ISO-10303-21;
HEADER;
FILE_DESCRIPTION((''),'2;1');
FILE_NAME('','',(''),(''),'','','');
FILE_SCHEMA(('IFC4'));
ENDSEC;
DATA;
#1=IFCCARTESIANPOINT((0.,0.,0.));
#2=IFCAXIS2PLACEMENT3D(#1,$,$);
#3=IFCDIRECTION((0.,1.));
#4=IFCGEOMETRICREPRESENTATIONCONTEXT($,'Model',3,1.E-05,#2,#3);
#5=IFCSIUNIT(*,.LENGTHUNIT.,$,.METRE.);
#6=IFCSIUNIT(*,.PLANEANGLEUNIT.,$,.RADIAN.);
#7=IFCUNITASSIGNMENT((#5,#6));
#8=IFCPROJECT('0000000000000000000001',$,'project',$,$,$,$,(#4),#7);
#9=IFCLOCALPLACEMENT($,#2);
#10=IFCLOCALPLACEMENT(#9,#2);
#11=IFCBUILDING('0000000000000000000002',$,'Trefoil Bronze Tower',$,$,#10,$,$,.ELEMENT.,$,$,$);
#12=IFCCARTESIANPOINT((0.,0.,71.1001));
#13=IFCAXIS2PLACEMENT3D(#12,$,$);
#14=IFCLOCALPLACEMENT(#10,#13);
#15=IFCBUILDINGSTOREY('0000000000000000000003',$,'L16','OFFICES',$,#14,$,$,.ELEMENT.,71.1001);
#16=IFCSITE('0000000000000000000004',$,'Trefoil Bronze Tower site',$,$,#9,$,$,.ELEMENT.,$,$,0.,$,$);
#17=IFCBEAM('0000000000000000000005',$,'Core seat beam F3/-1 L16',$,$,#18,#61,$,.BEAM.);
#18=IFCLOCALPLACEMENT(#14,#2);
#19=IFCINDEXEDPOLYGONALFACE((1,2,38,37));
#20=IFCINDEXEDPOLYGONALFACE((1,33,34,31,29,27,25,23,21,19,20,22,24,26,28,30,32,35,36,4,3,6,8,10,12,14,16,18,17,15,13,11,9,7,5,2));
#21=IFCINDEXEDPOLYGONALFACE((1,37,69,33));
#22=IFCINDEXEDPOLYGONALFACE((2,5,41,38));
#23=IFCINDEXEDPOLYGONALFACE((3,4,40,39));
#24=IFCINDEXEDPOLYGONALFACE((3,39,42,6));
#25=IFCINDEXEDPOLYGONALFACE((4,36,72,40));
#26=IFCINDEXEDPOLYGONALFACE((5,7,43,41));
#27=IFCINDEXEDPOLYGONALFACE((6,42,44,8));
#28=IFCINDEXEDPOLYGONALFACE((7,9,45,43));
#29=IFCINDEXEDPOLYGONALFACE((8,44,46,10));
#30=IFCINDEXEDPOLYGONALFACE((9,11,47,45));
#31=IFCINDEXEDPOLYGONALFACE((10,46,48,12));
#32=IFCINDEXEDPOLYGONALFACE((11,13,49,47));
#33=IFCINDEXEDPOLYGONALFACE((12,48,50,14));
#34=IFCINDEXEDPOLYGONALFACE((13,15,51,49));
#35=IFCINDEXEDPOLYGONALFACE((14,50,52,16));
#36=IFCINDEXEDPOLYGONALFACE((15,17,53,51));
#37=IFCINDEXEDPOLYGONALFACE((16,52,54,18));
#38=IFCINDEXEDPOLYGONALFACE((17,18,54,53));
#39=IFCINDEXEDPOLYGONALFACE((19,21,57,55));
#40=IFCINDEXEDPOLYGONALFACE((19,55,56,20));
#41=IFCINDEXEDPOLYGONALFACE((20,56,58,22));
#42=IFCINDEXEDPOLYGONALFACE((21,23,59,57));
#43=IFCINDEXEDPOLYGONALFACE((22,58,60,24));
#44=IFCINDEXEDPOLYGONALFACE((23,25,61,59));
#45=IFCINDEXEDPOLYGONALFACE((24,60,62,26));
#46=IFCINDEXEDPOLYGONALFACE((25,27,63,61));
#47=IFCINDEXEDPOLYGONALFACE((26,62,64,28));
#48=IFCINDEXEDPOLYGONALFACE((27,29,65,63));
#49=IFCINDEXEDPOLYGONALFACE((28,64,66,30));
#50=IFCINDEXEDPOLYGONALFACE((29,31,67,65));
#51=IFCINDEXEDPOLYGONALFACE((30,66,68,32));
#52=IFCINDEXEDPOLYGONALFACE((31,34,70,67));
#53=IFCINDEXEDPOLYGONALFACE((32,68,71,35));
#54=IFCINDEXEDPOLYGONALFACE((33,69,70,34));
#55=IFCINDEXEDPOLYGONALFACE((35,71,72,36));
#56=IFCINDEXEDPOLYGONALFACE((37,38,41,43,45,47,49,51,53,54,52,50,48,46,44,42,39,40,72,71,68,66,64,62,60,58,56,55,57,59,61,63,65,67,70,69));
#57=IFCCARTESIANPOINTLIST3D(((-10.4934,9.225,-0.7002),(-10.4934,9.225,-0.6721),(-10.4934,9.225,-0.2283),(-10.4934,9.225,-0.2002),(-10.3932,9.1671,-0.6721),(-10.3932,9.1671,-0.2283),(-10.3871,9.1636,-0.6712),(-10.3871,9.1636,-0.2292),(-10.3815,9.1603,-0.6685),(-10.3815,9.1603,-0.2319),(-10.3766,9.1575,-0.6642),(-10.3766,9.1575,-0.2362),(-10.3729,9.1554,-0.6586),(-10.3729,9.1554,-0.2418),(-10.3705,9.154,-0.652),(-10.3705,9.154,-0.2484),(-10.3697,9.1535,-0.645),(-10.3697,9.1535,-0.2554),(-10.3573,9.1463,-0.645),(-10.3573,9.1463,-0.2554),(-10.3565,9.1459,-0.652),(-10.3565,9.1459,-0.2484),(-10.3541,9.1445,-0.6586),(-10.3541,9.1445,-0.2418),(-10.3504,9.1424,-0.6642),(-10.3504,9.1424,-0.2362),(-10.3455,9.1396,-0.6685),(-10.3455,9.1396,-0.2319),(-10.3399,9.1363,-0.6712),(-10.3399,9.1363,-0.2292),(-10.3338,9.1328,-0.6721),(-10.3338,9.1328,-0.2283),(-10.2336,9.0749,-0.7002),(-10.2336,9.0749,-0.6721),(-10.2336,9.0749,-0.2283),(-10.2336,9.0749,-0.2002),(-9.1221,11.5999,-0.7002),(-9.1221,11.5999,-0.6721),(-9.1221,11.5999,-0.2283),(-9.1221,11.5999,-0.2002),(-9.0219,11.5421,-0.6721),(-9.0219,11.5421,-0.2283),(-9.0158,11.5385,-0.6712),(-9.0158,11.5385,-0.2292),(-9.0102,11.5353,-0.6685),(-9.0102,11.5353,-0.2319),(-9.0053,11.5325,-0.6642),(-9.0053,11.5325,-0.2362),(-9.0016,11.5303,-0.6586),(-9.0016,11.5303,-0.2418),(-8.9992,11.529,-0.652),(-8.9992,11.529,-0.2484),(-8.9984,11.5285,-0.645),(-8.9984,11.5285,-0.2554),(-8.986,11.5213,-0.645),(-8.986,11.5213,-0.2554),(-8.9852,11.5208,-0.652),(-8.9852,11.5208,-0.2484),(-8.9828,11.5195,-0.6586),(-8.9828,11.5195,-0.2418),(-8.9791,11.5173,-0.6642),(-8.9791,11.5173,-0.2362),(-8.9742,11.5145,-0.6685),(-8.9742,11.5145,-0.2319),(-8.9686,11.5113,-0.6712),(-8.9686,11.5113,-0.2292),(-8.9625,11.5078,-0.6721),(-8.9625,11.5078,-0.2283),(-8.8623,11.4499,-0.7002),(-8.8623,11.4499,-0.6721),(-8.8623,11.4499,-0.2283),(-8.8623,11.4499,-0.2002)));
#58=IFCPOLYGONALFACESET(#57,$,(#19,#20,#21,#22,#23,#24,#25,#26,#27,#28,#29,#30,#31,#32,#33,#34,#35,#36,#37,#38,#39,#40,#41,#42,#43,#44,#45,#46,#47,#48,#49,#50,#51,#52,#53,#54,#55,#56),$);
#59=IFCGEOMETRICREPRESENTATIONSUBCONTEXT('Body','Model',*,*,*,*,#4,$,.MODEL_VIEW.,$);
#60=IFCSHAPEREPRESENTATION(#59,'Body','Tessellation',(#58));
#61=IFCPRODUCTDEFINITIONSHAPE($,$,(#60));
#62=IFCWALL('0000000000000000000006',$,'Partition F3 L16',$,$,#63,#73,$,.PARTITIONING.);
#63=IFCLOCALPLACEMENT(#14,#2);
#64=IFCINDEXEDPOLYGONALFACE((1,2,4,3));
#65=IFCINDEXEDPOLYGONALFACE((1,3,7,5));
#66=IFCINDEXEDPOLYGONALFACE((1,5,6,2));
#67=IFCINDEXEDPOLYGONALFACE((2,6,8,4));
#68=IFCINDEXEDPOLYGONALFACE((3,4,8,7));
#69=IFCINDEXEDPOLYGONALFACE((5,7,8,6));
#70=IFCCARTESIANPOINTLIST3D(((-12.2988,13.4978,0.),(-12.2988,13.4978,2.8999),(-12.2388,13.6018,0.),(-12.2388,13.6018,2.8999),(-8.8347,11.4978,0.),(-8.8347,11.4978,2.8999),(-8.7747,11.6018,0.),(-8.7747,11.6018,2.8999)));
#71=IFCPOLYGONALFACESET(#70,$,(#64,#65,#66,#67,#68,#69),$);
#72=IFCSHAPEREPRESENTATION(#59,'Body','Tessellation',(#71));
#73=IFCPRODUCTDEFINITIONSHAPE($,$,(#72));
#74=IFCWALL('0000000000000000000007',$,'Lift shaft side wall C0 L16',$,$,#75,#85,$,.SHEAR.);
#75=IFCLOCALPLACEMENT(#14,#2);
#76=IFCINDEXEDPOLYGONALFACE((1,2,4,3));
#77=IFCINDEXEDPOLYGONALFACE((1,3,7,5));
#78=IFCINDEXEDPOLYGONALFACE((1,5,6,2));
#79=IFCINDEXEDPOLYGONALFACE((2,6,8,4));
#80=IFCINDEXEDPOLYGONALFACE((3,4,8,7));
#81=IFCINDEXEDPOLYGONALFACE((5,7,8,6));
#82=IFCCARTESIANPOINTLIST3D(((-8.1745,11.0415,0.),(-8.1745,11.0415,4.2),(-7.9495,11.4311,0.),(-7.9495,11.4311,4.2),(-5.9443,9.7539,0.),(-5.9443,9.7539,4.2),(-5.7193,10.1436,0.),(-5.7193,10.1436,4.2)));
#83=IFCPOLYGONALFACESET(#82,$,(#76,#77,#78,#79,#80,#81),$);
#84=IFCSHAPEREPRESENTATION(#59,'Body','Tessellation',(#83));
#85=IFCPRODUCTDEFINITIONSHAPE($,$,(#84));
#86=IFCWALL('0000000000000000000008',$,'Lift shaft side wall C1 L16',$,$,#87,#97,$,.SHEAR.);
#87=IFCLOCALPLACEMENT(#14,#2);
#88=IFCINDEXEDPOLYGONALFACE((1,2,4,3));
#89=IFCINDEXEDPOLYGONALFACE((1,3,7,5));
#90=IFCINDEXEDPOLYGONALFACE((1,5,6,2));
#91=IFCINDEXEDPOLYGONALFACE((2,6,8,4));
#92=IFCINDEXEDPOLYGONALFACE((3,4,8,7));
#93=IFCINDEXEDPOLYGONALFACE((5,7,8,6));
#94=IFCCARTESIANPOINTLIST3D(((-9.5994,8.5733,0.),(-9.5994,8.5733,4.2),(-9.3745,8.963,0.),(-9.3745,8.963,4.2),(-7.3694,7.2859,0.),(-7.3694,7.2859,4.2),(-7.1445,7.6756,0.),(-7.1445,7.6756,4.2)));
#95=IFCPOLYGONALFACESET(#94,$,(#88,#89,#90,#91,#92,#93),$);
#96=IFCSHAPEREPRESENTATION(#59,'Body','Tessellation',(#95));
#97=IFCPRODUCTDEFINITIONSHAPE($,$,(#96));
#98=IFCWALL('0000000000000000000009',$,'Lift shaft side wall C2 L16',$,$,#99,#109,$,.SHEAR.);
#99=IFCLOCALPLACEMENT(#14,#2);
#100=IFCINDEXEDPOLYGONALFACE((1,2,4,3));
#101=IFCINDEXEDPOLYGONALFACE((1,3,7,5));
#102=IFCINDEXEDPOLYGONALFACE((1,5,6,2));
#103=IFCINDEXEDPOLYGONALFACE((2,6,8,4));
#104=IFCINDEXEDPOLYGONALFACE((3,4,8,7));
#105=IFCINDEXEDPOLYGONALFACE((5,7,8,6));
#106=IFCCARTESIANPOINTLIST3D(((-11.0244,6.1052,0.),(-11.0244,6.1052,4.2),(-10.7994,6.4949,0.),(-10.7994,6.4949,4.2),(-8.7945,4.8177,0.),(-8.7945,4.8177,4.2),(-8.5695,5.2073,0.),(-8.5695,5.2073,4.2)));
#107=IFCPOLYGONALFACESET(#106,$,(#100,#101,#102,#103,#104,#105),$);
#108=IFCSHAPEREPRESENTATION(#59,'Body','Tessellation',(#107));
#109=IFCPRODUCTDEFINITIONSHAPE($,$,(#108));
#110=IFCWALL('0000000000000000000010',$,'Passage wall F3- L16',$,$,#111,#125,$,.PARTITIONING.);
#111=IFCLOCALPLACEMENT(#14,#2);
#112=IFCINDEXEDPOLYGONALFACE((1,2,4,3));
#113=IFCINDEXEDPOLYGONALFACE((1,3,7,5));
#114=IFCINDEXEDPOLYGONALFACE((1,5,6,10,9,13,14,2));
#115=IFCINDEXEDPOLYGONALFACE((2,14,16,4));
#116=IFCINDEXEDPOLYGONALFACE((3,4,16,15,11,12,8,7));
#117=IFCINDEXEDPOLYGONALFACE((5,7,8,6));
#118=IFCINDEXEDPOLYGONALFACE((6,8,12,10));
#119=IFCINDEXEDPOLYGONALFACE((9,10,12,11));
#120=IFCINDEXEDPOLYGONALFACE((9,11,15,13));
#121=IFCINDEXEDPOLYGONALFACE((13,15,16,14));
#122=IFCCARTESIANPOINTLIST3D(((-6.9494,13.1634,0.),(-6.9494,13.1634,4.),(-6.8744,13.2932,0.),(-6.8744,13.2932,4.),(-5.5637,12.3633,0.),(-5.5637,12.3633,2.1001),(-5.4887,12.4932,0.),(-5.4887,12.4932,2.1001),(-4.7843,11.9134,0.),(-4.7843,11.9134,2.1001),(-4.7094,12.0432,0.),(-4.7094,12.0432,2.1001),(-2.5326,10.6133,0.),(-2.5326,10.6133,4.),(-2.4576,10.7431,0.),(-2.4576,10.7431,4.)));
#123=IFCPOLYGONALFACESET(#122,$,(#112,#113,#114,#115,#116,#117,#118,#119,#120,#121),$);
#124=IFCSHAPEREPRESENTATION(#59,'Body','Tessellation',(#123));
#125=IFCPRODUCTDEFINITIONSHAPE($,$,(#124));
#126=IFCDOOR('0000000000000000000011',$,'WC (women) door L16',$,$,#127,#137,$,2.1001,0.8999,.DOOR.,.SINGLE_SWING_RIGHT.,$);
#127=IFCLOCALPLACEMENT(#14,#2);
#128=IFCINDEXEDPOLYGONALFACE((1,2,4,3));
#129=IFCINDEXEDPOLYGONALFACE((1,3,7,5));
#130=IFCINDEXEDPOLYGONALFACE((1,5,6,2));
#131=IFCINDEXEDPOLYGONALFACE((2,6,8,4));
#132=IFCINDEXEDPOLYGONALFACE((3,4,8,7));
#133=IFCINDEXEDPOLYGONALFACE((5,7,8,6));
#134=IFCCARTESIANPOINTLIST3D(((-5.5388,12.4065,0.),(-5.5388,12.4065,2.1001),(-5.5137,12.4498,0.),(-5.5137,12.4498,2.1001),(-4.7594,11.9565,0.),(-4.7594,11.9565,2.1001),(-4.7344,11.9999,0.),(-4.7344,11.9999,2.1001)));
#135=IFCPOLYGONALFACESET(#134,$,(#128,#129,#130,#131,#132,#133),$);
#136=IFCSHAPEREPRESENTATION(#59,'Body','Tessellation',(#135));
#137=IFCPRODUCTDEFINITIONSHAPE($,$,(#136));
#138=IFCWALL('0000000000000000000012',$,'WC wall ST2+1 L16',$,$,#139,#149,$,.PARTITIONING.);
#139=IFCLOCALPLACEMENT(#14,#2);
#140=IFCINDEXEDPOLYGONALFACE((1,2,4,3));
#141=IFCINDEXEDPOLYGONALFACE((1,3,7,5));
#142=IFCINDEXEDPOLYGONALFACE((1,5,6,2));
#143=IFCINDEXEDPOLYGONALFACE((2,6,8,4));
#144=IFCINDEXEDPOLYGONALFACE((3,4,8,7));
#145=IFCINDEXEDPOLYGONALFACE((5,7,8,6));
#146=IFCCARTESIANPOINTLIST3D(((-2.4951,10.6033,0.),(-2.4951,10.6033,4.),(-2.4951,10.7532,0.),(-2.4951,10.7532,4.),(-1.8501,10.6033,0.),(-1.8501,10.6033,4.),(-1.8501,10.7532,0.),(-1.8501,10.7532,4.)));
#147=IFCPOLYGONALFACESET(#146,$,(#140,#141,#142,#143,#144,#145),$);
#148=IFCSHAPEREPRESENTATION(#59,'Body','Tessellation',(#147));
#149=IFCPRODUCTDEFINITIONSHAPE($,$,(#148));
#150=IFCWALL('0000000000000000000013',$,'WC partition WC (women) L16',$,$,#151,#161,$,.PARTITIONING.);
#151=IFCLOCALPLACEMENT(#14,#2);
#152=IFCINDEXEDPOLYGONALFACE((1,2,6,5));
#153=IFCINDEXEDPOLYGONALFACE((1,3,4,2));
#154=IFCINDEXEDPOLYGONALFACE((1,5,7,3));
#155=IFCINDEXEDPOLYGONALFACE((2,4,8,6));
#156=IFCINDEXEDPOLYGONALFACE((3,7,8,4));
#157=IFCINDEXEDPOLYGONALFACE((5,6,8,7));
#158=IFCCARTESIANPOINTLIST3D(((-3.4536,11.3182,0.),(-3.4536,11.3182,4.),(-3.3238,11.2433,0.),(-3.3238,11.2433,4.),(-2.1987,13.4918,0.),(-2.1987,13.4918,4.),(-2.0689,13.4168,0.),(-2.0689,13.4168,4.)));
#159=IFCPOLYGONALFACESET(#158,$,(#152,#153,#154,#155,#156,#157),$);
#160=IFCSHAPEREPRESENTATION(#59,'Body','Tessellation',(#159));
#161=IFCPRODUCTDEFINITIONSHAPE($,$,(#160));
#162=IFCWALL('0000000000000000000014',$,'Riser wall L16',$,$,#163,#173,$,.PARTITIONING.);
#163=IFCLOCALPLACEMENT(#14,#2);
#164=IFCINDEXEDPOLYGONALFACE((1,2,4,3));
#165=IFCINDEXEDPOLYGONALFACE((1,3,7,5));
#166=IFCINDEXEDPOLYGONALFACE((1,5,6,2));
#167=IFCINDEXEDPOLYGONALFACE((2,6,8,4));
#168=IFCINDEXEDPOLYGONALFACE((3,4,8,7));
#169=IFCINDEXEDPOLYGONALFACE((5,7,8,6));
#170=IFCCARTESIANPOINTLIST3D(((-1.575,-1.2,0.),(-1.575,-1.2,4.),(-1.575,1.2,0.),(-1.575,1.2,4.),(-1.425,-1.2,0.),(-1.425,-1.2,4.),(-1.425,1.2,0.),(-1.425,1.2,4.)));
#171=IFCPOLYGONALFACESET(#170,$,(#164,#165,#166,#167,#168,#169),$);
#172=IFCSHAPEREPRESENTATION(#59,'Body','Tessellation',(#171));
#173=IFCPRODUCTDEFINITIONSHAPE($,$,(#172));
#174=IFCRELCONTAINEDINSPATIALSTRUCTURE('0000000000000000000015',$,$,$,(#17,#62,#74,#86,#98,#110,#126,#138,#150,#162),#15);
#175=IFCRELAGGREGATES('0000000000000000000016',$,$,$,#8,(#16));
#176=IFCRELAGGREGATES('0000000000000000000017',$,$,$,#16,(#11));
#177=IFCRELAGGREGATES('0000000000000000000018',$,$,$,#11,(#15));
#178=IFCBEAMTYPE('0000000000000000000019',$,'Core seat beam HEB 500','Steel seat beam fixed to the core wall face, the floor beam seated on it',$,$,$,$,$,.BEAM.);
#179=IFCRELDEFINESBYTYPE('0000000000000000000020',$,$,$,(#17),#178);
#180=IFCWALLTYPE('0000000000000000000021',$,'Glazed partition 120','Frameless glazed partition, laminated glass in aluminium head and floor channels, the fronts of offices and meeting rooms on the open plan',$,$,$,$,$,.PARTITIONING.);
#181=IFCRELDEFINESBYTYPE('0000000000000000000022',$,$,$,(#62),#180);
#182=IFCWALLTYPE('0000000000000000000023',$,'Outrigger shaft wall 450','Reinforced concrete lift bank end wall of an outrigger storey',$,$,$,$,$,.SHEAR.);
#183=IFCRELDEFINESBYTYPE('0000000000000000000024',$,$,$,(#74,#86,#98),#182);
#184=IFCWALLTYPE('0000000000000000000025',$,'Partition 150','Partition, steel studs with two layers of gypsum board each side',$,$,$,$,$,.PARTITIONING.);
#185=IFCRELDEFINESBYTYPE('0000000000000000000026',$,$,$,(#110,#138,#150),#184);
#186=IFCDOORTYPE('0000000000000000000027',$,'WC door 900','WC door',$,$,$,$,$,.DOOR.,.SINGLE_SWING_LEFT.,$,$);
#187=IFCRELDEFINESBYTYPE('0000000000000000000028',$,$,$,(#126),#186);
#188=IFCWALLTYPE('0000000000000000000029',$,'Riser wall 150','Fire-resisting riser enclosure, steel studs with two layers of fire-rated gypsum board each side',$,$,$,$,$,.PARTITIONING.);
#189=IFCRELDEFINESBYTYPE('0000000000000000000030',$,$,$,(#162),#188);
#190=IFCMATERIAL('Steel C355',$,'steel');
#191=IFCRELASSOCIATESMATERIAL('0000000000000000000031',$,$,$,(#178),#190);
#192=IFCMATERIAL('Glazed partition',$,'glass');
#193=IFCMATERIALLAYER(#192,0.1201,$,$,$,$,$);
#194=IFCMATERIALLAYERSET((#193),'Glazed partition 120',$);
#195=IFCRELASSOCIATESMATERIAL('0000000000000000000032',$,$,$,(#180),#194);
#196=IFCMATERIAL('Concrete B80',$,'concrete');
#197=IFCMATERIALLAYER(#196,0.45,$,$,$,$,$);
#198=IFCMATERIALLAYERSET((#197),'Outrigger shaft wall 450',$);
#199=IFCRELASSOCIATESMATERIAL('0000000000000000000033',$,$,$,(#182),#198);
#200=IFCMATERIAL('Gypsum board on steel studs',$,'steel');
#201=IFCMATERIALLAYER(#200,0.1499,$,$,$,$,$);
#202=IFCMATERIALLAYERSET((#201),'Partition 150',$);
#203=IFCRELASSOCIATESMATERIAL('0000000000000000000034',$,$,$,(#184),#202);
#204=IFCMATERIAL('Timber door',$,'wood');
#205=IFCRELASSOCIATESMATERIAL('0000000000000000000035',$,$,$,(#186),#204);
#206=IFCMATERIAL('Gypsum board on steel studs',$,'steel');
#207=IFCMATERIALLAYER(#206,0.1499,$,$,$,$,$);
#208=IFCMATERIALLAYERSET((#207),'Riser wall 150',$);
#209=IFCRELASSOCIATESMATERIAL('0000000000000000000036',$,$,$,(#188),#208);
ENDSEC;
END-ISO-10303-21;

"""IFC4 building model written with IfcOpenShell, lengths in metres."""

from ifc_helpers import new_model, si_unit, direction, frame, frame_2d, origin, origin_2d, place, context, subcontext, project, spatial, rectangle, i_section, extrude, material, layer, layer_set, material_profile, profile_set, type_object, element, fill, save


model = new_model("IFC4")

# Units and contexts
model_context = context("Model", 3, precision=1e-05, world=origin(), true_north=direction((0.0, 1.0)))
body_context = subcontext(model_context, "Body", "Model", "MODEL_VIEW")
ifc_project = project(units=[si_unit("LENGTHUNIT", "METRE"), si_unit("PLANEANGLEUNIT", "RADIAN")], contexts=[model_context])

# Site, building, storey
site_placement = place(None, origin())
site = spatial("IfcSite", under=ifc_project, at=site_placement, Name="Trefoil Bronze Tower site", CompositionType="ELEMENT", RefElevation=0.0)
building_placement = place(site_placement, origin())
building = spatial("IfcBuilding", under=site, at=building_placement, Name="Trefoil Bronze Tower", CompositionType="ELEMENT")
storey_placement = place(building_placement, frame((0.0, 0.0, 71.1001)))
storey = spatial("IfcBuildingStorey", under=building, at=storey_placement, Name="L16", Description="OFFICES", CompositionType="ELEMENT", Elevation=71.1001)

# Beam
ifc_material_1 = material(Name="Steel C355", Category="steel")
ifc_material_profile = material_profile(ifc_material_1, i_section(OverallWidth=0.3, OverallDepth=0.5, WebThickness=0.0144, FlangeThickness=0.0281, FilletRadius=0.0271, at=origin_2d()), Name="HEB 500")
ifc_profile_set = profile_set([ifc_material_profile], Name="Steel C355")
beam_type = type_object("IfcBeamType", Name="Core seat beam HEB 500", Description="Steel seat beam fixed to the core wall face, the floor beam seated on it", PredefinedType="BEAM", material=ifc_profile_set)
beam_placement = place(storey_placement, frame((-8.9922, 11.5249, -0.4502), z_axis=(-0.500036, -0.866005, 0.0), x_axis=(0.866005, -0.500036, 0.0)))
element("IfcBeam", 1, at=beam_placement, inside=storey, type_object=beam_type, Name="Core seat beam F3/-1 L16", PredefinedType="BEAM", context=body_context, shape_type="SweptSolid", body=[
    extrude(i_section(OverallWidth=0.3, OverallDepth=0.5, WebThickness=0.0144, FlangeThickness=0.0281, FilletRadius=0.0271, at=origin_2d()), origin(), (0.0, 0.0, 1.0), 2.7424),
])

# Walls
ifc_material_2 = material(Name="Glazed partition", Category="glass")
ifc_layer_1 = layer(ifc_material_2, 0.1201)
ifc_layer_set_1 = layer_set([ifc_layer_1], Name="Glazed partition 120")
wall_type_1 = type_object("IfcWallType", Name="Glazed partition 120", Description="Frameless glazed partition, laminated glass in aluminium head and floor channels, the fronts of offices and meeting rooms on the open plan", PredefinedType="PARTITIONING", material=ifc_layer_set_1)
wall_1_placement = place(storey_placement, frame((-8.8047, 11.5498, 0.0), z_axis=(0.0, 0.0, 1.0), x_axis=(-0.866026, 0.499999, 0.0)))
element("IfcWall", 2, at=wall_1_placement, inside=storey, type_object=wall_type_1, Name="Partition F3 L16", PredefinedType="PARTITIONING", context=body_context, shape_type="SweptSolid", body=[
    extrude(rectangle(XDim=4.0, YDim=0.1201, at=frame_2d((2.0, 0.0))), origin(), (0.0, 0.0, 1.0), 2.8999),
])
ifc_material_3 = material(Name="Concrete B80", Category="concrete")
ifc_layer_2 = layer(ifc_material_3, 0.45)
ifc_layer_set_2 = layer_set([ifc_layer_2], Name="Outrigger shaft wall 450")
wall_type_2 = type_object("IfcWallType", Name="Outrigger shaft wall 450", Description="Reinforced concrete lift bank end wall of an outrigger storey", PredefinedType="SHEAR", material=ifc_layer_set_2)
wall_2_placement = place(storey_placement, frame((-5.8318, 9.9487, 0.0), z_axis=(0.0, 0.0, 1.0), x_axis=(-0.866029, 0.499993, 0.0)))
element("IfcWall", 3, at=wall_2_placement, inside=storey, type_object=wall_type_2, Name="Lift shaft side wall C0 L16", PredefinedType="SHEAR", context=body_context, shape_type="SweptSolid", body=[
    extrude(rectangle(XDim=2.5752, YDim=0.45, at=frame_2d((1.2876, 0.0))), origin(), (0.0, 0.0, 1.0), 4.2),
])
for number, where, z_axis, x_axis, name in (
    (4, (-7.2568, 7.4807, 0.0), (0.0, 0.0, 1.0), (-0.866047, 0.499963, 0.0), "Lift shaft side wall C1 L16"),
    (5, (-8.6819, 5.0125, 0.0), (0.0, 0.0, 1.0), (-0.866006, 0.500034, 0.0), "Lift shaft side wall C2 L16"),
):
    element("IfcWall", number, at=place(storey_placement, frame(where, z_axis=z_axis, x_axis=x_axis)), inside=storey, type_object=wall_type_2, Name=name, PredefinedType="SHEAR", context=body_context, shape_type="SweptSolid", body=[
        extrude(rectangle(XDim=2.575, YDim=0.45, at=frame_2d((1.2876, 0.0))), origin(), (0.0, 0.0, 1.0), 4.2),
    ])

# Wall, opening, door
ifc_material_4 = material(Name="Gypsum board on steel studs", Category="steel")
ifc_layer_3 = layer(ifc_material_4, 0.1499)
ifc_layer_set_3 = layer_set([ifc_layer_3], Name="Partition 150")
wall_type_3 = type_object("IfcWallType", Name="Partition 150", Description="Partition, steel studs with two layers of gypsum board each side", PredefinedType="PARTITIONING", material=ifc_layer_set_3)
wall_3_placement = place(storey_placement, frame((-2.4951, 10.6782, 0.0), z_axis=(0.0, 0.0, 1.0), x_axis=(-0.866022, 0.500006, 0.0)))
wall_3 = element("IfcWall", 6, at=wall_3_placement, inside=storey, type_object=wall_type_3, Name="Passage wall F3- L16", PredefinedType="PARTITIONING", context=body_context, shape_type="SweptSolid", body=[
    extrude(rectangle(XDim=5.1001, YDim=0.1499, at=frame_2d((2.55, 0.0))), origin(), (0.0, 0.0, 1.0), 4.0),
])
opening_1_placement = place(wall_3_placement, frame((2.6001, 0.0, 0.0)))
opening_1 = element("IfcOpeningElement", 7, at=opening_1_placement, cuts=wall_3, PredefinedType="OPENING", context=body_context, shape_type="SweptSolid", body=[
    extrude(rectangle(XDim=0.8999, YDim=2.1001, at=frame_2d((0.45, 1.05))), frame((0.0, 0.085, 0.0), z_axis=(0.0, -1.0, 0.0), x_axis=(1.0, 0.0, 0.0)), (0.0, 0.0, 1.0), 0.1699),
])
ifc_material_5 = material(Name="Timber door", Category="wood")
door_type_1 = type_object("IfcDoorType", Name="WC door 900", Description="WC door", OperationType="SINGLE_SWING_LEFT", PredefinedType="DOOR", material=ifc_material_5)
door_1_placement = place(opening_1_placement, frame((0.8999, 0.0, 0.0), z_axis=(0.0, 0.0, 1.0), x_axis=(-1.0, 0.0, 0.0)))
door_1 = element("IfcDoor", 8, at=door_1_placement, inside=storey, type_object=door_type_1, Name="WC (women) door L16", OperationType="SINGLE_SWING_RIGHT", OverallHeight=2.1001, OverallWidth=0.8999, PredefinedType="DOOR", context=body_context, shape_type="SweptSolid", body=[
    extrude(rectangle(XDim=0.8999, YDim=2.1001, at=frame_2d((0.45, 1.05))), frame((0.0, 0.0249, 0.0), z_axis=(0.0, -1.0, 0.0), x_axis=(1.0, 0.0, 0.0)), (0.0, 0.0, 1.0), 0.05),
])
fill(opening_1, door_1)

# Walls
wall_4_placement = place(storey_placement, frame((-2.4951, 10.6782, 0.0), z_axis=(0.0, 0.0, 1.0), x_axis=(1.0, 0.0, 0.0)))
element("IfcWall", 9, at=wall_4_placement, inside=storey, type_object=wall_type_3, Name="WC wall ST2+1 L16", PredefinedType="PARTITIONING", context=body_context, shape_type="SweptSolid", body=[
    extrude(rectangle(XDim=0.645, YDim=0.1499, at=frame_2d((0.3225, 0.0))), origin(), (0.0, 0.0, 1.0), 4.0),
])
wall_5_placement = place(storey_placement, frame((-3.3887, 11.2808, 0.0), z_axis=(0.0, 0.0, 1.0), x_axis=(0.499989, 0.866032, 0.0)))
element("IfcWall", 10, at=wall_5_placement, inside=storey, type_object=wall_type_3, Name="WC partition WC (women) L16", PredefinedType="PARTITIONING", context=body_context, shape_type="SweptSolid", body=[
    extrude(rectangle(XDim=2.5098, YDim=0.1499, at=frame_2d((1.2549, 0.0))), origin(), (0.0, 0.0, 1.0), 4.0),
])
ifc_material_6 = material(Name="Gypsum board on steel studs", Category="steel")
ifc_layer_4 = layer(ifc_material_6, 0.1499)
ifc_layer_set_4 = layer_set([ifc_layer_4], Name="Riser wall 150")
wall_type_4 = type_object("IfcWallType", Name="Riser wall 150", Description="Fire-resisting riser enclosure, steel studs with two layers of fire-rated gypsum board each side", PredefinedType="PARTITIONING", material=ifc_layer_set_4)
wall_6_placement = place(storey_placement, frame((-1.5, 1.2, 0.0), z_axis=(0.0, 0.0, 1.0), x_axis=(0.0, -1.0, 0.0)))
element("IfcWall", 11, at=wall_6_placement, inside=storey, type_object=wall_type_4, Name="Riser wall L16", PredefinedType="PARTITIONING", context=body_context, shape_type="SweptSolid", body=[
    extrude(rectangle(XDim=2.3999, YDim=0.1499, at=frame_2d((1.2, 0.0))), origin(), (0.0, 0.0, 1.0), 4.0),
])

save(model, "model.ifc")
